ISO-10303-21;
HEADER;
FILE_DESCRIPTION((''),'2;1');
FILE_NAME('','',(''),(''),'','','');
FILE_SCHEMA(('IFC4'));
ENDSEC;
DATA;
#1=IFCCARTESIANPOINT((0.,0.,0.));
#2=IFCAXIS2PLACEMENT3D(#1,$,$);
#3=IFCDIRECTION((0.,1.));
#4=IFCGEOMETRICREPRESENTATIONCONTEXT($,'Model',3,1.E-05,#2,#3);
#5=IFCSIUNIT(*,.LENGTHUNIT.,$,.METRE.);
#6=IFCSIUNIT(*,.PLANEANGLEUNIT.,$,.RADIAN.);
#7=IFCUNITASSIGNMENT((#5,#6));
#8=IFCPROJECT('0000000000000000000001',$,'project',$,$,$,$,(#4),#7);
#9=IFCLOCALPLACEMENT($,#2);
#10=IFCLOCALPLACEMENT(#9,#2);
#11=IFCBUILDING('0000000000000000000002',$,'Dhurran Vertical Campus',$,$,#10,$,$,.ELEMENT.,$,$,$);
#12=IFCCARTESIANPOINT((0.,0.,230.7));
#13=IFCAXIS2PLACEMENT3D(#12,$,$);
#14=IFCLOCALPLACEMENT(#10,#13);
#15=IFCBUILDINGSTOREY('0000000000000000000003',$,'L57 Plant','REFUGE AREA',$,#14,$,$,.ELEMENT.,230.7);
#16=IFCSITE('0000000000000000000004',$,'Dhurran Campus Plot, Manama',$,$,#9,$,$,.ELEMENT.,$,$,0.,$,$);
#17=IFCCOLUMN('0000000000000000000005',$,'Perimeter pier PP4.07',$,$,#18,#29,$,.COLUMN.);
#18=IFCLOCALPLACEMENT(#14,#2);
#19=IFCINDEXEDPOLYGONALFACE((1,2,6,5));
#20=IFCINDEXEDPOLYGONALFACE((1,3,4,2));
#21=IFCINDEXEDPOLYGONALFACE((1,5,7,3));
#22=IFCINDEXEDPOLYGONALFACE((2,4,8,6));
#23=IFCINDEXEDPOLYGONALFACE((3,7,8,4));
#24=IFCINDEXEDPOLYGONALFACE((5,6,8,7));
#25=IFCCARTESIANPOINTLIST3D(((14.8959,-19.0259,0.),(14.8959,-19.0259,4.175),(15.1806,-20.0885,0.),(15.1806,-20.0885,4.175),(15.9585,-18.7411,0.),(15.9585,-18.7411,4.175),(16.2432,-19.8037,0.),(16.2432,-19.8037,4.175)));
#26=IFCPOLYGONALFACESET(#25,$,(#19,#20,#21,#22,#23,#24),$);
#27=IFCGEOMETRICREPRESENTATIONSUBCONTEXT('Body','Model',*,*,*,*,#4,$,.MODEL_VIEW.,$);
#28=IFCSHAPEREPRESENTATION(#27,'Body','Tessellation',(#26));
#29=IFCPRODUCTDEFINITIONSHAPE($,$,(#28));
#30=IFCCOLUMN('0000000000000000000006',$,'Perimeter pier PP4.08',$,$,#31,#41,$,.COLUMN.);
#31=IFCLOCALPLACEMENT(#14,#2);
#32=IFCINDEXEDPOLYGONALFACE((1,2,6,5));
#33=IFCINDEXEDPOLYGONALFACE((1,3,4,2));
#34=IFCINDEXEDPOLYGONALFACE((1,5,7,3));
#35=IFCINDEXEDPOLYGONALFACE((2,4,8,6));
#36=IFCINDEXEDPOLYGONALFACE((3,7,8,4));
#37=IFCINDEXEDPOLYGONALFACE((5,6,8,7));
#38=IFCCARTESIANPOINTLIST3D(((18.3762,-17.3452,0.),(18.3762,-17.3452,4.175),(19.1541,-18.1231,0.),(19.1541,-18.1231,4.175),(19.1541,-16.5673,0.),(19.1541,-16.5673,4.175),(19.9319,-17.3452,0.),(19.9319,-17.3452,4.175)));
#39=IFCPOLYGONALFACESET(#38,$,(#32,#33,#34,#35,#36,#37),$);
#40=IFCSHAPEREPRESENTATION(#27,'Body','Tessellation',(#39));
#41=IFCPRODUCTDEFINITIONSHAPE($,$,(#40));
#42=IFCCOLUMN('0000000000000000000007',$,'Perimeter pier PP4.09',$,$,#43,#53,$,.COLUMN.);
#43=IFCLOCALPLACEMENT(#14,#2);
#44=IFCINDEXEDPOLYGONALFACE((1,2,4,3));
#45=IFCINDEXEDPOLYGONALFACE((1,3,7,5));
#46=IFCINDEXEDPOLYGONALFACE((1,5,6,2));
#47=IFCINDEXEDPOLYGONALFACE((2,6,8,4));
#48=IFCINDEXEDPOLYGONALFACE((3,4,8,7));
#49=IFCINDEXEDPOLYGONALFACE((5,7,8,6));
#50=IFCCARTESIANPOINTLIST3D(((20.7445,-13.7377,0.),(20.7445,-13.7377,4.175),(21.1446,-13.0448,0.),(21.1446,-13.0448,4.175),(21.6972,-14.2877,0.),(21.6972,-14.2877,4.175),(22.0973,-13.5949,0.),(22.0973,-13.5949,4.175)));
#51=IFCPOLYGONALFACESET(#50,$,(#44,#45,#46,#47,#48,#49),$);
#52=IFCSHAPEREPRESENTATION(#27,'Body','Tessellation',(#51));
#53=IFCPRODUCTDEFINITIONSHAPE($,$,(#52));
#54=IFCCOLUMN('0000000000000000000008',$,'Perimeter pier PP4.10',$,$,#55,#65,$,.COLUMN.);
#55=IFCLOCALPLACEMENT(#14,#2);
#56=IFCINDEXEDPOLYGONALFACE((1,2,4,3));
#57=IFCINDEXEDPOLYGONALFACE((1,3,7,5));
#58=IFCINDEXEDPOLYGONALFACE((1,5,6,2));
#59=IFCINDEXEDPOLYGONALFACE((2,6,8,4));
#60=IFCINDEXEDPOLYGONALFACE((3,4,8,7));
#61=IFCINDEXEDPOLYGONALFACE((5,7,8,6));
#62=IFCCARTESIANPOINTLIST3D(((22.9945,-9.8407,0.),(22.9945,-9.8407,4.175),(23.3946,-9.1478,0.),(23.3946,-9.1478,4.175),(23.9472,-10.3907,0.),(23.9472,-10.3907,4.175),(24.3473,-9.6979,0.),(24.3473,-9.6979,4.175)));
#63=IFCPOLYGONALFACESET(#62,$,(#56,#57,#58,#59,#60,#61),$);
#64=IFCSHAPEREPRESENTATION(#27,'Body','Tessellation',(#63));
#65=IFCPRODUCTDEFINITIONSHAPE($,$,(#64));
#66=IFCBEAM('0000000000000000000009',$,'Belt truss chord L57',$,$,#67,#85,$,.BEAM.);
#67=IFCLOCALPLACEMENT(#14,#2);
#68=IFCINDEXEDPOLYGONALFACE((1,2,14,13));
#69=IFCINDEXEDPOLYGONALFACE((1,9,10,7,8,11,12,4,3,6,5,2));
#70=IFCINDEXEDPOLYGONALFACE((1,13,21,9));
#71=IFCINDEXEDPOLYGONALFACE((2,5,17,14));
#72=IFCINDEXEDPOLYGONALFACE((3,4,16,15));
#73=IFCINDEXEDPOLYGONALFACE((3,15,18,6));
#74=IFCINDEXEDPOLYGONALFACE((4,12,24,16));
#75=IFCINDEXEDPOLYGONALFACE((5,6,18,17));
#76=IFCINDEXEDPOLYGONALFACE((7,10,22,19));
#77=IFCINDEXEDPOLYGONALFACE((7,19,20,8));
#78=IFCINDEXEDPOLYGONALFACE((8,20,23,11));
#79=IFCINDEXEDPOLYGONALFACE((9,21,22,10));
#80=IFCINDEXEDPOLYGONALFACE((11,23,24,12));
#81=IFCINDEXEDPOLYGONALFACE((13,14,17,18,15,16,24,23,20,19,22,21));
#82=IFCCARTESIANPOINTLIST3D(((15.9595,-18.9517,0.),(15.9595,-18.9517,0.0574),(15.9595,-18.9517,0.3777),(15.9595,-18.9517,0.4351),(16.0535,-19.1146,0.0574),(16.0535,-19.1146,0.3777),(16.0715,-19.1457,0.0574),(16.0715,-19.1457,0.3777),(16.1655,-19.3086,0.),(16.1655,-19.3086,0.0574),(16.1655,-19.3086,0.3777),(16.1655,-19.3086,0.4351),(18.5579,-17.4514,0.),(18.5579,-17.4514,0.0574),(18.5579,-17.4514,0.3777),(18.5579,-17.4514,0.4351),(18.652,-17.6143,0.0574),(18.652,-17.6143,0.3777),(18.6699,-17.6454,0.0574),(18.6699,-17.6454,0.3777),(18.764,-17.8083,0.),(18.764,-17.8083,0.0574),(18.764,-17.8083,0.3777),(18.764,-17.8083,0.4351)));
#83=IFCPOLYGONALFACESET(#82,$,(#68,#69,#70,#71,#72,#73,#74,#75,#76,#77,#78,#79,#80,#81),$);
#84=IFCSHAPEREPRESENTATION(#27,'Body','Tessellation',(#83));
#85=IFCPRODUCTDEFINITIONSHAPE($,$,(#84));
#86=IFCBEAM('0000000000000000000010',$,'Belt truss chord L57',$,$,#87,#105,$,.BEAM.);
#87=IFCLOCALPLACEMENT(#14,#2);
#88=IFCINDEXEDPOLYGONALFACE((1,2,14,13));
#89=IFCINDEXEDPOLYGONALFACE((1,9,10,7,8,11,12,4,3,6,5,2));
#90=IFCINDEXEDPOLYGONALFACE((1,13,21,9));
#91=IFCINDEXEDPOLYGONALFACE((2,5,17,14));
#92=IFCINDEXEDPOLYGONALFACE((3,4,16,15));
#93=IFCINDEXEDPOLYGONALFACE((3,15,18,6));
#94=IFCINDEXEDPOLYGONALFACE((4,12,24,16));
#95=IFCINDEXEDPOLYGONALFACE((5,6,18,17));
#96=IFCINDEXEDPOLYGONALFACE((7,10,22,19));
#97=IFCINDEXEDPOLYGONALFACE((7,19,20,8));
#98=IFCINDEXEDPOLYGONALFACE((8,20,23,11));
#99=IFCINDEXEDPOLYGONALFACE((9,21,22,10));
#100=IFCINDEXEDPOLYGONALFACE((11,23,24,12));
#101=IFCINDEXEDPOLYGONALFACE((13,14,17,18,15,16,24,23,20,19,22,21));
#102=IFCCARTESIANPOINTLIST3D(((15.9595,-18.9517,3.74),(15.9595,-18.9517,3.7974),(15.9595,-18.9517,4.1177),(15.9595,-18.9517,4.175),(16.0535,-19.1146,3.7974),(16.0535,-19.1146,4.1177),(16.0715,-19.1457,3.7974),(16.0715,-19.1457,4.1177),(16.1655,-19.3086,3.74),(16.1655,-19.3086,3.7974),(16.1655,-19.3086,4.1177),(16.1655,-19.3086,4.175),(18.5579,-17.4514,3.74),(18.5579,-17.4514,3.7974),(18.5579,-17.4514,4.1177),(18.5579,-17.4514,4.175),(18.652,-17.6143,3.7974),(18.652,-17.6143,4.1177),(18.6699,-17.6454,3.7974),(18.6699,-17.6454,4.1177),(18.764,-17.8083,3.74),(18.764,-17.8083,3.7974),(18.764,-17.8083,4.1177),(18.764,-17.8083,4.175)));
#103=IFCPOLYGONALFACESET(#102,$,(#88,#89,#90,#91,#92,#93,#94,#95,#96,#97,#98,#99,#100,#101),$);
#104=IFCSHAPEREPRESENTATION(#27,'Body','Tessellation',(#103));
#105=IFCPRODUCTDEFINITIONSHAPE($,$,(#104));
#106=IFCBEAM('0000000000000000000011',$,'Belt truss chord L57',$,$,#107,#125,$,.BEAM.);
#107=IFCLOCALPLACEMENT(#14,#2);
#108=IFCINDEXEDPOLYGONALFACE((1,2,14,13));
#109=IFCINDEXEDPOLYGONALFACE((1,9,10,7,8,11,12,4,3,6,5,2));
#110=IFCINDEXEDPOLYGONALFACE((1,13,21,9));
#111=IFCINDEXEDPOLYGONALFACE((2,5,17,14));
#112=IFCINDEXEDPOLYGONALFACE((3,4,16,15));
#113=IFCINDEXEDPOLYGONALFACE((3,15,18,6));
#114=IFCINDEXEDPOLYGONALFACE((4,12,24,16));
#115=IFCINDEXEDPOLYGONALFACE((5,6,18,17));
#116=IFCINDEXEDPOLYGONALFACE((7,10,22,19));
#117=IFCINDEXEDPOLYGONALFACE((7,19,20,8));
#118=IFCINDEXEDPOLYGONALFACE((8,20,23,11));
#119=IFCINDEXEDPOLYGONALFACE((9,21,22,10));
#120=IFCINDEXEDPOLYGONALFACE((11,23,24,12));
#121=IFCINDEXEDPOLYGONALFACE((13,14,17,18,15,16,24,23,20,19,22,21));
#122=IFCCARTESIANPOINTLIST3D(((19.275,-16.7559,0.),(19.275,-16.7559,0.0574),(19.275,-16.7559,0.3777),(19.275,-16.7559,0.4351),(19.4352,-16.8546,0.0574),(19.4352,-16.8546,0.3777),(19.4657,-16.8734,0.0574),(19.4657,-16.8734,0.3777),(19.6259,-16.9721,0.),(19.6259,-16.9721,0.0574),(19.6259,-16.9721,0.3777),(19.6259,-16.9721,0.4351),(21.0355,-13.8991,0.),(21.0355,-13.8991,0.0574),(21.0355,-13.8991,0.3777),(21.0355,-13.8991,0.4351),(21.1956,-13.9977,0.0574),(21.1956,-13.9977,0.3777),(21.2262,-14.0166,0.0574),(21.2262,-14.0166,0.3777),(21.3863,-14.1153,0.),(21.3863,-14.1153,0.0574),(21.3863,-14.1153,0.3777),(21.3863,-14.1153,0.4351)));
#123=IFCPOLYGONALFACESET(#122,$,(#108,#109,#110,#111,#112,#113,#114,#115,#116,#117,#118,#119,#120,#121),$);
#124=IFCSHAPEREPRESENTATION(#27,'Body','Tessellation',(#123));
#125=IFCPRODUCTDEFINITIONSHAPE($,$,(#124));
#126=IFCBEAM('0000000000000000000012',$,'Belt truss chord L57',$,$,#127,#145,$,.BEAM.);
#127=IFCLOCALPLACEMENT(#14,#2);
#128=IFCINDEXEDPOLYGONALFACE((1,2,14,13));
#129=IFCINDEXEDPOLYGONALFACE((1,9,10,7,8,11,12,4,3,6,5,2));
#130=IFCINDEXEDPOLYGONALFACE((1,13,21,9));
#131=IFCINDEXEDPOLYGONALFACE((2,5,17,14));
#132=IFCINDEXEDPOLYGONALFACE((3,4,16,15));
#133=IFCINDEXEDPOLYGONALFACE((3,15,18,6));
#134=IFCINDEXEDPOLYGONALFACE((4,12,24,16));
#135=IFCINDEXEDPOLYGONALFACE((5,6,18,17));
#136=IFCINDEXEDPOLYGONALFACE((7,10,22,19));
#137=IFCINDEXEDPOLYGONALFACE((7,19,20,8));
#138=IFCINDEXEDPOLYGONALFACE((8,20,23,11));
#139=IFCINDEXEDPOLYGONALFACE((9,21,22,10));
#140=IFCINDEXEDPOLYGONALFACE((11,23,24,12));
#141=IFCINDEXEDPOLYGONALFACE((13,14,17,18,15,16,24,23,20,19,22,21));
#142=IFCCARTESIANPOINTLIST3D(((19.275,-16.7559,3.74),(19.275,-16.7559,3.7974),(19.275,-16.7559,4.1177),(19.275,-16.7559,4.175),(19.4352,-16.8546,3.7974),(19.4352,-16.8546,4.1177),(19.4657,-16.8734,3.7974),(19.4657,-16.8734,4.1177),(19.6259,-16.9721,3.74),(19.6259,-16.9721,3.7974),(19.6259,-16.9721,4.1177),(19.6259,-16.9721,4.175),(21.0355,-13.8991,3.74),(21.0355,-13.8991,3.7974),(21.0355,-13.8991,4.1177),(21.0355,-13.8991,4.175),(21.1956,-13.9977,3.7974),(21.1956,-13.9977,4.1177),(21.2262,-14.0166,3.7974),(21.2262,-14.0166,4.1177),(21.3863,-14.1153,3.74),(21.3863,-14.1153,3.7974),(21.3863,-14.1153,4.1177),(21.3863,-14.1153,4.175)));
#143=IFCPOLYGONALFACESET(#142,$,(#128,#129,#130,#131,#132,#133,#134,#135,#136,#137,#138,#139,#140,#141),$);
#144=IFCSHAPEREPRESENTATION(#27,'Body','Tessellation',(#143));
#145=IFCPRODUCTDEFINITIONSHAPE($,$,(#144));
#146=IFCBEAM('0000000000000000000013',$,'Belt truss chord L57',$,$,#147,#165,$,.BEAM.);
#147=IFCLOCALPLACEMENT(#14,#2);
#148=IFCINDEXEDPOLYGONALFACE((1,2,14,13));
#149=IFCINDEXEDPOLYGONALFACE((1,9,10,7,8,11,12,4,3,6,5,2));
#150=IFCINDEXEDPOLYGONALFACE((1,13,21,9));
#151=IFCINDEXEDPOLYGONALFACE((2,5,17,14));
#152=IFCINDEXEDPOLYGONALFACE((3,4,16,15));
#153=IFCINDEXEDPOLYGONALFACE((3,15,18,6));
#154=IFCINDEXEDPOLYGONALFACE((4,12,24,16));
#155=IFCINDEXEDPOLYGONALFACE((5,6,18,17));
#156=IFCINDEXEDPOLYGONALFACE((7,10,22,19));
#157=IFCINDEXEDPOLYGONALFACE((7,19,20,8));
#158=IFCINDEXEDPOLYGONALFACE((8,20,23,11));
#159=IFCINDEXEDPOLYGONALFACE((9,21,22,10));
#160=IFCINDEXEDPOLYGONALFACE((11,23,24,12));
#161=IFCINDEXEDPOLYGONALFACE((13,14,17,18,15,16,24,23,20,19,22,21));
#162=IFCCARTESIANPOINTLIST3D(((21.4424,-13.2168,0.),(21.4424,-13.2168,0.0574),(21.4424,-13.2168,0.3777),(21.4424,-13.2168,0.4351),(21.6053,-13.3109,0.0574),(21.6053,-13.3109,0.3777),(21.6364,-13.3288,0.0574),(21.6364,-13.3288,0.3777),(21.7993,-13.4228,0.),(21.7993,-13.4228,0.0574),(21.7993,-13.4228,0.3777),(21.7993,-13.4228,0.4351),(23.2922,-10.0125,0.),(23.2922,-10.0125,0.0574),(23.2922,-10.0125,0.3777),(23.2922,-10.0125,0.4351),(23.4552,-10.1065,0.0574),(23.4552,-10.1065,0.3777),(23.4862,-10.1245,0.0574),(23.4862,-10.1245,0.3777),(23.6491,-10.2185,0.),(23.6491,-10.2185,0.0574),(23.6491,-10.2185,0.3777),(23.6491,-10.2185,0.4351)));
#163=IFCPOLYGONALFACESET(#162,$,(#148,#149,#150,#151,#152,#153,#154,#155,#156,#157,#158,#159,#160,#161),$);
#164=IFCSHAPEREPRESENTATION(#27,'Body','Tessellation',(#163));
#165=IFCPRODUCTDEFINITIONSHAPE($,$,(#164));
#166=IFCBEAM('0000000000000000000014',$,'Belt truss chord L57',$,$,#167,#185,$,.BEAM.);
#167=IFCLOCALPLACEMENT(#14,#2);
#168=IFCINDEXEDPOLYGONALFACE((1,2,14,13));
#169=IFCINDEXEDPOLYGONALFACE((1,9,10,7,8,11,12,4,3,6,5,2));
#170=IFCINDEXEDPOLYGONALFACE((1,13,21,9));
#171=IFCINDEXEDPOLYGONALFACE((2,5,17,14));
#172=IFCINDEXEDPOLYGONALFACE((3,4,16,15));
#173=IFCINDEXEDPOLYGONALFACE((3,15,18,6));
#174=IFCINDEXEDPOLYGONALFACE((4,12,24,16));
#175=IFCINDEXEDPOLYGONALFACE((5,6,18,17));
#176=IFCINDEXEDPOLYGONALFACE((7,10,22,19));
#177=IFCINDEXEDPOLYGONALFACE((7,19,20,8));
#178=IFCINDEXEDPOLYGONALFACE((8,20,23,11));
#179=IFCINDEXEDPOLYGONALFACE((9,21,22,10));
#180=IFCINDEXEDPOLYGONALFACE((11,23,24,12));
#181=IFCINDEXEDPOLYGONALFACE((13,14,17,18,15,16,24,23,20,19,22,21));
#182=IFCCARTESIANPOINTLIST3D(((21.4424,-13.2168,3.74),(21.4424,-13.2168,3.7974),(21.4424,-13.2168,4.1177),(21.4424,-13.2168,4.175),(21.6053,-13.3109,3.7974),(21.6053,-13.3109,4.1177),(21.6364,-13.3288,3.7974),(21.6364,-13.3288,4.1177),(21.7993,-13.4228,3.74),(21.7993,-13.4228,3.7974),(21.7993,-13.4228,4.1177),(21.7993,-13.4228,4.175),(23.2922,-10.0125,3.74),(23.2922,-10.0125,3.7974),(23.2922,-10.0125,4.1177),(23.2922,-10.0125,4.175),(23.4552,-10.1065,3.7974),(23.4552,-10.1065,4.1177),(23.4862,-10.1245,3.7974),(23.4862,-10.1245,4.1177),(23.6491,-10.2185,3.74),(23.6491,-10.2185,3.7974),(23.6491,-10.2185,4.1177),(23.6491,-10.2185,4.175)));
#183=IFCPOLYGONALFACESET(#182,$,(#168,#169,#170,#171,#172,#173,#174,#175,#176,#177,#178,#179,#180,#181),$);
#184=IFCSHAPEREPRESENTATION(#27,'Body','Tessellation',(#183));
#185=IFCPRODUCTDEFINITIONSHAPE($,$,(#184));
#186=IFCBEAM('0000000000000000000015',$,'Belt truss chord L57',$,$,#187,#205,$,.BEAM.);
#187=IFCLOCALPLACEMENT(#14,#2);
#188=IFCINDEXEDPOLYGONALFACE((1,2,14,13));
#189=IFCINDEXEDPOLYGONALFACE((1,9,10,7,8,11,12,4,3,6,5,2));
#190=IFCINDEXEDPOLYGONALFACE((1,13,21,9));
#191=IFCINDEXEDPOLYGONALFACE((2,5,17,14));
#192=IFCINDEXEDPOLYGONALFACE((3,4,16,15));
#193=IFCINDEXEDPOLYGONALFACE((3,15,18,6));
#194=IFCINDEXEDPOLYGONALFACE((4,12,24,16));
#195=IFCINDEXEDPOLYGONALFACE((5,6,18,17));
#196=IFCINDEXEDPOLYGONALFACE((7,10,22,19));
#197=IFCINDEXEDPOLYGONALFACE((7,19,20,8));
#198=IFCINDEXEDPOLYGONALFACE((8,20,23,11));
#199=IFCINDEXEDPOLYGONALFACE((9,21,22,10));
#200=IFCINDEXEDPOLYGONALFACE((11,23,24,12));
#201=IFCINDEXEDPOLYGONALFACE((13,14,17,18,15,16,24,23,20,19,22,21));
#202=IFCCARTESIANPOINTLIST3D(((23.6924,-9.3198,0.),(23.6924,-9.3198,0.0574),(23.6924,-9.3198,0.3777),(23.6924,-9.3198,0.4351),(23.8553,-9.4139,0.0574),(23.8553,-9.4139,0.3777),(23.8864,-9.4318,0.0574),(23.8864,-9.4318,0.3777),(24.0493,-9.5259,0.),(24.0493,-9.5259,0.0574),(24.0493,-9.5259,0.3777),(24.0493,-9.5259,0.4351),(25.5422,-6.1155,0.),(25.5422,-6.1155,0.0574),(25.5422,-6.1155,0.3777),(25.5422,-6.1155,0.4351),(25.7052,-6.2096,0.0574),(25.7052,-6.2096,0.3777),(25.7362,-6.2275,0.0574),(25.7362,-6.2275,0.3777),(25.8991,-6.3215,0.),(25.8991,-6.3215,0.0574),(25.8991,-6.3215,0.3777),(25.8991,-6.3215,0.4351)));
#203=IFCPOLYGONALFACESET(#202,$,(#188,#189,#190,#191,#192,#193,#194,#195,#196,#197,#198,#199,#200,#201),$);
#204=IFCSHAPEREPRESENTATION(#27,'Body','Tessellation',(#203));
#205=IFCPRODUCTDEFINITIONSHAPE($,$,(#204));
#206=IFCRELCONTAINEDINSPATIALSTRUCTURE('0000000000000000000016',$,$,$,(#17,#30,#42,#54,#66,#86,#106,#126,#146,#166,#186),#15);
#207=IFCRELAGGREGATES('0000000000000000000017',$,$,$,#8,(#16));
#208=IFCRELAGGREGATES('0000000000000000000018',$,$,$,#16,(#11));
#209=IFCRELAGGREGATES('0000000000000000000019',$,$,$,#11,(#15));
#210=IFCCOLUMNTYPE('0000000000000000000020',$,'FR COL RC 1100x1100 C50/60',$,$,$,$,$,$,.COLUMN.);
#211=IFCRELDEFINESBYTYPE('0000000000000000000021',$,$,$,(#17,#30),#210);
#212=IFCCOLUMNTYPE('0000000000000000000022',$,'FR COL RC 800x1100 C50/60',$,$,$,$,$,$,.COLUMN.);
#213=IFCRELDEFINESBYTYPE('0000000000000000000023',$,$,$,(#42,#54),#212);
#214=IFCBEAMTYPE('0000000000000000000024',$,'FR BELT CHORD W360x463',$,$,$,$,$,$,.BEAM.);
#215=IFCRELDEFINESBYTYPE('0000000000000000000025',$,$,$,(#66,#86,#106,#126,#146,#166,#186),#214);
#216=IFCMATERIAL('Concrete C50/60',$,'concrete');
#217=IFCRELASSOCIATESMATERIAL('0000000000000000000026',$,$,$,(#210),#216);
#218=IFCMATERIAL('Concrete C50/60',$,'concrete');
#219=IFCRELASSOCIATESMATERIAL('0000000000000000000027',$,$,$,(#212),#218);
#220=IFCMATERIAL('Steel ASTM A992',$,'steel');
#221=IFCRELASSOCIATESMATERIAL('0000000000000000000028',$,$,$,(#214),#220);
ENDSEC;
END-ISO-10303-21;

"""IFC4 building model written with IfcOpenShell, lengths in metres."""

from ifc_helpers import new_model, si_unit, direction, frame, origin, origin_2d, place, context, subcontext, project, spatial, rectangle, i_section, extrude, material, material_profile, profile_set, type_object, element, save


model = new_model("IFC4")

# Units and contexts
model_context = context("Model", 3, precision=1e-05, world=origin(), true_north=direction((0.0, 1.0)))
body_context = subcontext(model_context, "Body", "Model", "MODEL_VIEW")
ifc_project = project(units=[si_unit("LENGTHUNIT", "METRE"), si_unit("PLANEANGLEUNIT", "RADIAN")], contexts=[model_context])

# Site, building, storey
site_placement = place(None, origin())
site = spatial("IfcSite", under=ifc_project, at=site_placement, Name="Dhurran Campus Plot, Manama", CompositionType="ELEMENT", RefElevation=0.0)
building_placement = place(site_placement, origin())
building = spatial("IfcBuilding", under=site, at=building_placement, Name="Dhurran Vertical Campus", CompositionType="ELEMENT")
storey_placement = place(building_placement, frame((0.0, 0.0, 230.7)))
storey = spatial("IfcBuildingStorey", under=building, at=storey_placement, Name="L57 Plant", Description="REFUGE AREA", CompositionType="ELEMENT", Elevation=230.7)

# Columns
ifc_material_1 = material(Name="Concrete C50/60", Category="concrete")
ifc_material_profile_1 = material_profile(ifc_material_1, rectangle(XDim=1.1001, YDim=1.1001, at=origin_2d()), Name="RC 1100x1100")
ifc_profile_set_1 = profile_set([ifc_material_profile_1], Name="Concrete C50/60")
column_type_1 = type_object("IfcColumnType", Name="FR COL RC 1100x1100 C50/60", PredefinedType="COLUMN", material=ifc_profile_set_1)
for number, where, z_axis, x_axis, name in (
    (1, (15.5696, -19.4148, 0.0), (0.0, 0.0, 1.0), (0.965926, 0.258819, 0.0), "Perimeter pier PP4.07"),
    (2, (19.1541, -17.3452, 0.0), (0.0, 0.0, 1.0), (0.707107, 0.707107, 0.0), "Perimeter pier PP4.08"),
):
    element("IfcColumn", number, at=place(storey_placement, frame(where, z_axis=z_axis, x_axis=x_axis)), inside=storey, type_object=column_type_1, Name=name, PredefinedType="COLUMN", context=body_context, shape_type="SweptSolid", body=[
        extrude(rectangle(XDim=1.1001, YDim=1.1001, at=origin_2d()), origin(), (0.0, 0.0, 1.0), 4.175),
    ])
ifc_material_2 = material(Name="Concrete C50/60", Category="concrete")
ifc_material_profile_2 = material_profile(ifc_material_2, rectangle(XDim=0.8, YDim=1.1001, at=origin_2d()), Name="RC 800x1100")
ifc_profile_set_2 = profile_set([ifc_material_profile_2], Name="Concrete C50/60")
column_type_2 = type_object("IfcColumnType", Name="FR COL RC 800x1100 C50/60", PredefinedType="COLUMN", material=ifc_profile_set_2)
for number, where, z_axis, x_axis, name in (
    (3, (21.4209, -13.6663, 0.0), (0.0, 0.0, 1.0), (0.5, 0.866025, 0.0), "Perimeter pier PP4.09"),
    (4, (23.6709, -9.7693, 0.0), (0.0, 0.0, 1.0), (0.5, 0.866025, 0.0), "Perimeter pier PP4.10"),
):
    element("IfcColumn", number, at=place(storey_placement, frame(where, z_axis=z_axis, x_axis=x_axis)), inside=storey, type_object=column_type_2, Name=name, PredefinedType="COLUMN", context=body_context, shape_type="SweptSolid", body=[
        extrude(rectangle(XDim=0.8, YDim=1.1001, at=origin_2d()), origin(), (0.0, 0.0, 1.0), 4.175),
    ])

# Beams
ifc_material_3 = material(Name="Steel ASTM A992", Category="steel")
ifc_material_profile_3 = material_profile(ifc_material_3, i_section(OverallWidth=0.4121, OverallDepth=0.4351, WebThickness=0.0359, FlangeThickness=0.0574, at=origin_2d()), Name="W360x463")
ifc_profile_set_3 = profile_set([ifc_material_profile_3], Name="Steel ASTM A992")
beam_type = type_object("IfcBeamType", Name="FR BELT CHORD W360x463", PredefinedType="BEAM", material=ifc_profile_set_3)
for number, where, z_axis, x_axis, name in (
    (5, (16.0625, -19.1301, 0.2175), (0.866016, 0.500016, 0.0), (-0.500016, 0.866016, 0.0), "Belt truss chord L57"),
    (6, (16.0625, -19.1301, 3.9575), (0.866016, 0.500016, 0.0), (-0.500016, 0.866016, 0.0), "Belt truss chord L57"),
):
    element("IfcBeam", number, at=place(storey_placement, frame(where, z_axis=z_axis, x_axis=x_axis)), inside=storey, type_object=beam_type, Name=name, PredefinedType="BEAM", context=body_context, shape_type="SweptSolid", body=[
        extrude(i_section(OverallWidth=0.4121, OverallDepth=0.4351, WebThickness=0.0359, FlangeThickness=0.0574, at=origin_2d()), origin(), (0.0, 0.0, 1.0), 3.0005),
    ])
for number, where, z_axis, x_axis, name in (
    (7, (19.4504, -16.864, 0.2175), (0.524613, 0.851341, 0.0), (-0.851341, 0.524613, 0.0), "Belt truss chord L57"),
    (8, (19.4504, -16.864, 3.9575), (0.524613, 0.851341, 0.0), (-0.851341, 0.524613, 0.0), "Belt truss chord L57"),
):
    element("IfcBeam", number, at=place(storey_placement, frame(where, z_axis=z_axis, x_axis=x_axis)), inside=storey, type_object=beam_type, Name=name, PredefinedType="BEAM", context=body_context, shape_type="SweptSolid", body=[
        extrude(i_section(OverallWidth=0.4121, OverallDepth=0.4351, WebThickness=0.0359, FlangeThickness=0.0574, at=origin_2d()), origin(), (0.0, 0.0, 1.0), 3.3557),
    ])
for number, where, z_axis, x_axis, name in (
    (9, (21.6208, -13.3198, 0.2175), (0.499964, 0.866046, 0.0), (-0.866046, 0.499964, 0.0), "Belt truss chord L57"),
    (10, (21.6208, -13.3198, 3.9575), (0.499964, 0.866046, 0.0), (-0.866046, 0.499964, 0.0), "Belt truss chord L57"),
    (11, (23.8708, -9.4229, 0.2175), (0.499964, 0.866046, 0.0), (-0.866046, 0.499964, 0.0), "Belt truss chord L57"),
):
    element("IfcBeam", number, at=place(storey_placement, frame(where, z_axis=z_axis, x_axis=x_axis)), inside=storey, type_object=beam_type, Name=name, PredefinedType="BEAM", context=body_context, shape_type="SweptSolid", body=[
        extrude(i_section(OverallWidth=0.4121, OverallDepth=0.4351, WebThickness=0.0359, FlangeThickness=0.0574, at=origin_2d()), origin(), (0.0, 0.0, 1.0), 3.7),
    ])

save(model, "model.ifc")
